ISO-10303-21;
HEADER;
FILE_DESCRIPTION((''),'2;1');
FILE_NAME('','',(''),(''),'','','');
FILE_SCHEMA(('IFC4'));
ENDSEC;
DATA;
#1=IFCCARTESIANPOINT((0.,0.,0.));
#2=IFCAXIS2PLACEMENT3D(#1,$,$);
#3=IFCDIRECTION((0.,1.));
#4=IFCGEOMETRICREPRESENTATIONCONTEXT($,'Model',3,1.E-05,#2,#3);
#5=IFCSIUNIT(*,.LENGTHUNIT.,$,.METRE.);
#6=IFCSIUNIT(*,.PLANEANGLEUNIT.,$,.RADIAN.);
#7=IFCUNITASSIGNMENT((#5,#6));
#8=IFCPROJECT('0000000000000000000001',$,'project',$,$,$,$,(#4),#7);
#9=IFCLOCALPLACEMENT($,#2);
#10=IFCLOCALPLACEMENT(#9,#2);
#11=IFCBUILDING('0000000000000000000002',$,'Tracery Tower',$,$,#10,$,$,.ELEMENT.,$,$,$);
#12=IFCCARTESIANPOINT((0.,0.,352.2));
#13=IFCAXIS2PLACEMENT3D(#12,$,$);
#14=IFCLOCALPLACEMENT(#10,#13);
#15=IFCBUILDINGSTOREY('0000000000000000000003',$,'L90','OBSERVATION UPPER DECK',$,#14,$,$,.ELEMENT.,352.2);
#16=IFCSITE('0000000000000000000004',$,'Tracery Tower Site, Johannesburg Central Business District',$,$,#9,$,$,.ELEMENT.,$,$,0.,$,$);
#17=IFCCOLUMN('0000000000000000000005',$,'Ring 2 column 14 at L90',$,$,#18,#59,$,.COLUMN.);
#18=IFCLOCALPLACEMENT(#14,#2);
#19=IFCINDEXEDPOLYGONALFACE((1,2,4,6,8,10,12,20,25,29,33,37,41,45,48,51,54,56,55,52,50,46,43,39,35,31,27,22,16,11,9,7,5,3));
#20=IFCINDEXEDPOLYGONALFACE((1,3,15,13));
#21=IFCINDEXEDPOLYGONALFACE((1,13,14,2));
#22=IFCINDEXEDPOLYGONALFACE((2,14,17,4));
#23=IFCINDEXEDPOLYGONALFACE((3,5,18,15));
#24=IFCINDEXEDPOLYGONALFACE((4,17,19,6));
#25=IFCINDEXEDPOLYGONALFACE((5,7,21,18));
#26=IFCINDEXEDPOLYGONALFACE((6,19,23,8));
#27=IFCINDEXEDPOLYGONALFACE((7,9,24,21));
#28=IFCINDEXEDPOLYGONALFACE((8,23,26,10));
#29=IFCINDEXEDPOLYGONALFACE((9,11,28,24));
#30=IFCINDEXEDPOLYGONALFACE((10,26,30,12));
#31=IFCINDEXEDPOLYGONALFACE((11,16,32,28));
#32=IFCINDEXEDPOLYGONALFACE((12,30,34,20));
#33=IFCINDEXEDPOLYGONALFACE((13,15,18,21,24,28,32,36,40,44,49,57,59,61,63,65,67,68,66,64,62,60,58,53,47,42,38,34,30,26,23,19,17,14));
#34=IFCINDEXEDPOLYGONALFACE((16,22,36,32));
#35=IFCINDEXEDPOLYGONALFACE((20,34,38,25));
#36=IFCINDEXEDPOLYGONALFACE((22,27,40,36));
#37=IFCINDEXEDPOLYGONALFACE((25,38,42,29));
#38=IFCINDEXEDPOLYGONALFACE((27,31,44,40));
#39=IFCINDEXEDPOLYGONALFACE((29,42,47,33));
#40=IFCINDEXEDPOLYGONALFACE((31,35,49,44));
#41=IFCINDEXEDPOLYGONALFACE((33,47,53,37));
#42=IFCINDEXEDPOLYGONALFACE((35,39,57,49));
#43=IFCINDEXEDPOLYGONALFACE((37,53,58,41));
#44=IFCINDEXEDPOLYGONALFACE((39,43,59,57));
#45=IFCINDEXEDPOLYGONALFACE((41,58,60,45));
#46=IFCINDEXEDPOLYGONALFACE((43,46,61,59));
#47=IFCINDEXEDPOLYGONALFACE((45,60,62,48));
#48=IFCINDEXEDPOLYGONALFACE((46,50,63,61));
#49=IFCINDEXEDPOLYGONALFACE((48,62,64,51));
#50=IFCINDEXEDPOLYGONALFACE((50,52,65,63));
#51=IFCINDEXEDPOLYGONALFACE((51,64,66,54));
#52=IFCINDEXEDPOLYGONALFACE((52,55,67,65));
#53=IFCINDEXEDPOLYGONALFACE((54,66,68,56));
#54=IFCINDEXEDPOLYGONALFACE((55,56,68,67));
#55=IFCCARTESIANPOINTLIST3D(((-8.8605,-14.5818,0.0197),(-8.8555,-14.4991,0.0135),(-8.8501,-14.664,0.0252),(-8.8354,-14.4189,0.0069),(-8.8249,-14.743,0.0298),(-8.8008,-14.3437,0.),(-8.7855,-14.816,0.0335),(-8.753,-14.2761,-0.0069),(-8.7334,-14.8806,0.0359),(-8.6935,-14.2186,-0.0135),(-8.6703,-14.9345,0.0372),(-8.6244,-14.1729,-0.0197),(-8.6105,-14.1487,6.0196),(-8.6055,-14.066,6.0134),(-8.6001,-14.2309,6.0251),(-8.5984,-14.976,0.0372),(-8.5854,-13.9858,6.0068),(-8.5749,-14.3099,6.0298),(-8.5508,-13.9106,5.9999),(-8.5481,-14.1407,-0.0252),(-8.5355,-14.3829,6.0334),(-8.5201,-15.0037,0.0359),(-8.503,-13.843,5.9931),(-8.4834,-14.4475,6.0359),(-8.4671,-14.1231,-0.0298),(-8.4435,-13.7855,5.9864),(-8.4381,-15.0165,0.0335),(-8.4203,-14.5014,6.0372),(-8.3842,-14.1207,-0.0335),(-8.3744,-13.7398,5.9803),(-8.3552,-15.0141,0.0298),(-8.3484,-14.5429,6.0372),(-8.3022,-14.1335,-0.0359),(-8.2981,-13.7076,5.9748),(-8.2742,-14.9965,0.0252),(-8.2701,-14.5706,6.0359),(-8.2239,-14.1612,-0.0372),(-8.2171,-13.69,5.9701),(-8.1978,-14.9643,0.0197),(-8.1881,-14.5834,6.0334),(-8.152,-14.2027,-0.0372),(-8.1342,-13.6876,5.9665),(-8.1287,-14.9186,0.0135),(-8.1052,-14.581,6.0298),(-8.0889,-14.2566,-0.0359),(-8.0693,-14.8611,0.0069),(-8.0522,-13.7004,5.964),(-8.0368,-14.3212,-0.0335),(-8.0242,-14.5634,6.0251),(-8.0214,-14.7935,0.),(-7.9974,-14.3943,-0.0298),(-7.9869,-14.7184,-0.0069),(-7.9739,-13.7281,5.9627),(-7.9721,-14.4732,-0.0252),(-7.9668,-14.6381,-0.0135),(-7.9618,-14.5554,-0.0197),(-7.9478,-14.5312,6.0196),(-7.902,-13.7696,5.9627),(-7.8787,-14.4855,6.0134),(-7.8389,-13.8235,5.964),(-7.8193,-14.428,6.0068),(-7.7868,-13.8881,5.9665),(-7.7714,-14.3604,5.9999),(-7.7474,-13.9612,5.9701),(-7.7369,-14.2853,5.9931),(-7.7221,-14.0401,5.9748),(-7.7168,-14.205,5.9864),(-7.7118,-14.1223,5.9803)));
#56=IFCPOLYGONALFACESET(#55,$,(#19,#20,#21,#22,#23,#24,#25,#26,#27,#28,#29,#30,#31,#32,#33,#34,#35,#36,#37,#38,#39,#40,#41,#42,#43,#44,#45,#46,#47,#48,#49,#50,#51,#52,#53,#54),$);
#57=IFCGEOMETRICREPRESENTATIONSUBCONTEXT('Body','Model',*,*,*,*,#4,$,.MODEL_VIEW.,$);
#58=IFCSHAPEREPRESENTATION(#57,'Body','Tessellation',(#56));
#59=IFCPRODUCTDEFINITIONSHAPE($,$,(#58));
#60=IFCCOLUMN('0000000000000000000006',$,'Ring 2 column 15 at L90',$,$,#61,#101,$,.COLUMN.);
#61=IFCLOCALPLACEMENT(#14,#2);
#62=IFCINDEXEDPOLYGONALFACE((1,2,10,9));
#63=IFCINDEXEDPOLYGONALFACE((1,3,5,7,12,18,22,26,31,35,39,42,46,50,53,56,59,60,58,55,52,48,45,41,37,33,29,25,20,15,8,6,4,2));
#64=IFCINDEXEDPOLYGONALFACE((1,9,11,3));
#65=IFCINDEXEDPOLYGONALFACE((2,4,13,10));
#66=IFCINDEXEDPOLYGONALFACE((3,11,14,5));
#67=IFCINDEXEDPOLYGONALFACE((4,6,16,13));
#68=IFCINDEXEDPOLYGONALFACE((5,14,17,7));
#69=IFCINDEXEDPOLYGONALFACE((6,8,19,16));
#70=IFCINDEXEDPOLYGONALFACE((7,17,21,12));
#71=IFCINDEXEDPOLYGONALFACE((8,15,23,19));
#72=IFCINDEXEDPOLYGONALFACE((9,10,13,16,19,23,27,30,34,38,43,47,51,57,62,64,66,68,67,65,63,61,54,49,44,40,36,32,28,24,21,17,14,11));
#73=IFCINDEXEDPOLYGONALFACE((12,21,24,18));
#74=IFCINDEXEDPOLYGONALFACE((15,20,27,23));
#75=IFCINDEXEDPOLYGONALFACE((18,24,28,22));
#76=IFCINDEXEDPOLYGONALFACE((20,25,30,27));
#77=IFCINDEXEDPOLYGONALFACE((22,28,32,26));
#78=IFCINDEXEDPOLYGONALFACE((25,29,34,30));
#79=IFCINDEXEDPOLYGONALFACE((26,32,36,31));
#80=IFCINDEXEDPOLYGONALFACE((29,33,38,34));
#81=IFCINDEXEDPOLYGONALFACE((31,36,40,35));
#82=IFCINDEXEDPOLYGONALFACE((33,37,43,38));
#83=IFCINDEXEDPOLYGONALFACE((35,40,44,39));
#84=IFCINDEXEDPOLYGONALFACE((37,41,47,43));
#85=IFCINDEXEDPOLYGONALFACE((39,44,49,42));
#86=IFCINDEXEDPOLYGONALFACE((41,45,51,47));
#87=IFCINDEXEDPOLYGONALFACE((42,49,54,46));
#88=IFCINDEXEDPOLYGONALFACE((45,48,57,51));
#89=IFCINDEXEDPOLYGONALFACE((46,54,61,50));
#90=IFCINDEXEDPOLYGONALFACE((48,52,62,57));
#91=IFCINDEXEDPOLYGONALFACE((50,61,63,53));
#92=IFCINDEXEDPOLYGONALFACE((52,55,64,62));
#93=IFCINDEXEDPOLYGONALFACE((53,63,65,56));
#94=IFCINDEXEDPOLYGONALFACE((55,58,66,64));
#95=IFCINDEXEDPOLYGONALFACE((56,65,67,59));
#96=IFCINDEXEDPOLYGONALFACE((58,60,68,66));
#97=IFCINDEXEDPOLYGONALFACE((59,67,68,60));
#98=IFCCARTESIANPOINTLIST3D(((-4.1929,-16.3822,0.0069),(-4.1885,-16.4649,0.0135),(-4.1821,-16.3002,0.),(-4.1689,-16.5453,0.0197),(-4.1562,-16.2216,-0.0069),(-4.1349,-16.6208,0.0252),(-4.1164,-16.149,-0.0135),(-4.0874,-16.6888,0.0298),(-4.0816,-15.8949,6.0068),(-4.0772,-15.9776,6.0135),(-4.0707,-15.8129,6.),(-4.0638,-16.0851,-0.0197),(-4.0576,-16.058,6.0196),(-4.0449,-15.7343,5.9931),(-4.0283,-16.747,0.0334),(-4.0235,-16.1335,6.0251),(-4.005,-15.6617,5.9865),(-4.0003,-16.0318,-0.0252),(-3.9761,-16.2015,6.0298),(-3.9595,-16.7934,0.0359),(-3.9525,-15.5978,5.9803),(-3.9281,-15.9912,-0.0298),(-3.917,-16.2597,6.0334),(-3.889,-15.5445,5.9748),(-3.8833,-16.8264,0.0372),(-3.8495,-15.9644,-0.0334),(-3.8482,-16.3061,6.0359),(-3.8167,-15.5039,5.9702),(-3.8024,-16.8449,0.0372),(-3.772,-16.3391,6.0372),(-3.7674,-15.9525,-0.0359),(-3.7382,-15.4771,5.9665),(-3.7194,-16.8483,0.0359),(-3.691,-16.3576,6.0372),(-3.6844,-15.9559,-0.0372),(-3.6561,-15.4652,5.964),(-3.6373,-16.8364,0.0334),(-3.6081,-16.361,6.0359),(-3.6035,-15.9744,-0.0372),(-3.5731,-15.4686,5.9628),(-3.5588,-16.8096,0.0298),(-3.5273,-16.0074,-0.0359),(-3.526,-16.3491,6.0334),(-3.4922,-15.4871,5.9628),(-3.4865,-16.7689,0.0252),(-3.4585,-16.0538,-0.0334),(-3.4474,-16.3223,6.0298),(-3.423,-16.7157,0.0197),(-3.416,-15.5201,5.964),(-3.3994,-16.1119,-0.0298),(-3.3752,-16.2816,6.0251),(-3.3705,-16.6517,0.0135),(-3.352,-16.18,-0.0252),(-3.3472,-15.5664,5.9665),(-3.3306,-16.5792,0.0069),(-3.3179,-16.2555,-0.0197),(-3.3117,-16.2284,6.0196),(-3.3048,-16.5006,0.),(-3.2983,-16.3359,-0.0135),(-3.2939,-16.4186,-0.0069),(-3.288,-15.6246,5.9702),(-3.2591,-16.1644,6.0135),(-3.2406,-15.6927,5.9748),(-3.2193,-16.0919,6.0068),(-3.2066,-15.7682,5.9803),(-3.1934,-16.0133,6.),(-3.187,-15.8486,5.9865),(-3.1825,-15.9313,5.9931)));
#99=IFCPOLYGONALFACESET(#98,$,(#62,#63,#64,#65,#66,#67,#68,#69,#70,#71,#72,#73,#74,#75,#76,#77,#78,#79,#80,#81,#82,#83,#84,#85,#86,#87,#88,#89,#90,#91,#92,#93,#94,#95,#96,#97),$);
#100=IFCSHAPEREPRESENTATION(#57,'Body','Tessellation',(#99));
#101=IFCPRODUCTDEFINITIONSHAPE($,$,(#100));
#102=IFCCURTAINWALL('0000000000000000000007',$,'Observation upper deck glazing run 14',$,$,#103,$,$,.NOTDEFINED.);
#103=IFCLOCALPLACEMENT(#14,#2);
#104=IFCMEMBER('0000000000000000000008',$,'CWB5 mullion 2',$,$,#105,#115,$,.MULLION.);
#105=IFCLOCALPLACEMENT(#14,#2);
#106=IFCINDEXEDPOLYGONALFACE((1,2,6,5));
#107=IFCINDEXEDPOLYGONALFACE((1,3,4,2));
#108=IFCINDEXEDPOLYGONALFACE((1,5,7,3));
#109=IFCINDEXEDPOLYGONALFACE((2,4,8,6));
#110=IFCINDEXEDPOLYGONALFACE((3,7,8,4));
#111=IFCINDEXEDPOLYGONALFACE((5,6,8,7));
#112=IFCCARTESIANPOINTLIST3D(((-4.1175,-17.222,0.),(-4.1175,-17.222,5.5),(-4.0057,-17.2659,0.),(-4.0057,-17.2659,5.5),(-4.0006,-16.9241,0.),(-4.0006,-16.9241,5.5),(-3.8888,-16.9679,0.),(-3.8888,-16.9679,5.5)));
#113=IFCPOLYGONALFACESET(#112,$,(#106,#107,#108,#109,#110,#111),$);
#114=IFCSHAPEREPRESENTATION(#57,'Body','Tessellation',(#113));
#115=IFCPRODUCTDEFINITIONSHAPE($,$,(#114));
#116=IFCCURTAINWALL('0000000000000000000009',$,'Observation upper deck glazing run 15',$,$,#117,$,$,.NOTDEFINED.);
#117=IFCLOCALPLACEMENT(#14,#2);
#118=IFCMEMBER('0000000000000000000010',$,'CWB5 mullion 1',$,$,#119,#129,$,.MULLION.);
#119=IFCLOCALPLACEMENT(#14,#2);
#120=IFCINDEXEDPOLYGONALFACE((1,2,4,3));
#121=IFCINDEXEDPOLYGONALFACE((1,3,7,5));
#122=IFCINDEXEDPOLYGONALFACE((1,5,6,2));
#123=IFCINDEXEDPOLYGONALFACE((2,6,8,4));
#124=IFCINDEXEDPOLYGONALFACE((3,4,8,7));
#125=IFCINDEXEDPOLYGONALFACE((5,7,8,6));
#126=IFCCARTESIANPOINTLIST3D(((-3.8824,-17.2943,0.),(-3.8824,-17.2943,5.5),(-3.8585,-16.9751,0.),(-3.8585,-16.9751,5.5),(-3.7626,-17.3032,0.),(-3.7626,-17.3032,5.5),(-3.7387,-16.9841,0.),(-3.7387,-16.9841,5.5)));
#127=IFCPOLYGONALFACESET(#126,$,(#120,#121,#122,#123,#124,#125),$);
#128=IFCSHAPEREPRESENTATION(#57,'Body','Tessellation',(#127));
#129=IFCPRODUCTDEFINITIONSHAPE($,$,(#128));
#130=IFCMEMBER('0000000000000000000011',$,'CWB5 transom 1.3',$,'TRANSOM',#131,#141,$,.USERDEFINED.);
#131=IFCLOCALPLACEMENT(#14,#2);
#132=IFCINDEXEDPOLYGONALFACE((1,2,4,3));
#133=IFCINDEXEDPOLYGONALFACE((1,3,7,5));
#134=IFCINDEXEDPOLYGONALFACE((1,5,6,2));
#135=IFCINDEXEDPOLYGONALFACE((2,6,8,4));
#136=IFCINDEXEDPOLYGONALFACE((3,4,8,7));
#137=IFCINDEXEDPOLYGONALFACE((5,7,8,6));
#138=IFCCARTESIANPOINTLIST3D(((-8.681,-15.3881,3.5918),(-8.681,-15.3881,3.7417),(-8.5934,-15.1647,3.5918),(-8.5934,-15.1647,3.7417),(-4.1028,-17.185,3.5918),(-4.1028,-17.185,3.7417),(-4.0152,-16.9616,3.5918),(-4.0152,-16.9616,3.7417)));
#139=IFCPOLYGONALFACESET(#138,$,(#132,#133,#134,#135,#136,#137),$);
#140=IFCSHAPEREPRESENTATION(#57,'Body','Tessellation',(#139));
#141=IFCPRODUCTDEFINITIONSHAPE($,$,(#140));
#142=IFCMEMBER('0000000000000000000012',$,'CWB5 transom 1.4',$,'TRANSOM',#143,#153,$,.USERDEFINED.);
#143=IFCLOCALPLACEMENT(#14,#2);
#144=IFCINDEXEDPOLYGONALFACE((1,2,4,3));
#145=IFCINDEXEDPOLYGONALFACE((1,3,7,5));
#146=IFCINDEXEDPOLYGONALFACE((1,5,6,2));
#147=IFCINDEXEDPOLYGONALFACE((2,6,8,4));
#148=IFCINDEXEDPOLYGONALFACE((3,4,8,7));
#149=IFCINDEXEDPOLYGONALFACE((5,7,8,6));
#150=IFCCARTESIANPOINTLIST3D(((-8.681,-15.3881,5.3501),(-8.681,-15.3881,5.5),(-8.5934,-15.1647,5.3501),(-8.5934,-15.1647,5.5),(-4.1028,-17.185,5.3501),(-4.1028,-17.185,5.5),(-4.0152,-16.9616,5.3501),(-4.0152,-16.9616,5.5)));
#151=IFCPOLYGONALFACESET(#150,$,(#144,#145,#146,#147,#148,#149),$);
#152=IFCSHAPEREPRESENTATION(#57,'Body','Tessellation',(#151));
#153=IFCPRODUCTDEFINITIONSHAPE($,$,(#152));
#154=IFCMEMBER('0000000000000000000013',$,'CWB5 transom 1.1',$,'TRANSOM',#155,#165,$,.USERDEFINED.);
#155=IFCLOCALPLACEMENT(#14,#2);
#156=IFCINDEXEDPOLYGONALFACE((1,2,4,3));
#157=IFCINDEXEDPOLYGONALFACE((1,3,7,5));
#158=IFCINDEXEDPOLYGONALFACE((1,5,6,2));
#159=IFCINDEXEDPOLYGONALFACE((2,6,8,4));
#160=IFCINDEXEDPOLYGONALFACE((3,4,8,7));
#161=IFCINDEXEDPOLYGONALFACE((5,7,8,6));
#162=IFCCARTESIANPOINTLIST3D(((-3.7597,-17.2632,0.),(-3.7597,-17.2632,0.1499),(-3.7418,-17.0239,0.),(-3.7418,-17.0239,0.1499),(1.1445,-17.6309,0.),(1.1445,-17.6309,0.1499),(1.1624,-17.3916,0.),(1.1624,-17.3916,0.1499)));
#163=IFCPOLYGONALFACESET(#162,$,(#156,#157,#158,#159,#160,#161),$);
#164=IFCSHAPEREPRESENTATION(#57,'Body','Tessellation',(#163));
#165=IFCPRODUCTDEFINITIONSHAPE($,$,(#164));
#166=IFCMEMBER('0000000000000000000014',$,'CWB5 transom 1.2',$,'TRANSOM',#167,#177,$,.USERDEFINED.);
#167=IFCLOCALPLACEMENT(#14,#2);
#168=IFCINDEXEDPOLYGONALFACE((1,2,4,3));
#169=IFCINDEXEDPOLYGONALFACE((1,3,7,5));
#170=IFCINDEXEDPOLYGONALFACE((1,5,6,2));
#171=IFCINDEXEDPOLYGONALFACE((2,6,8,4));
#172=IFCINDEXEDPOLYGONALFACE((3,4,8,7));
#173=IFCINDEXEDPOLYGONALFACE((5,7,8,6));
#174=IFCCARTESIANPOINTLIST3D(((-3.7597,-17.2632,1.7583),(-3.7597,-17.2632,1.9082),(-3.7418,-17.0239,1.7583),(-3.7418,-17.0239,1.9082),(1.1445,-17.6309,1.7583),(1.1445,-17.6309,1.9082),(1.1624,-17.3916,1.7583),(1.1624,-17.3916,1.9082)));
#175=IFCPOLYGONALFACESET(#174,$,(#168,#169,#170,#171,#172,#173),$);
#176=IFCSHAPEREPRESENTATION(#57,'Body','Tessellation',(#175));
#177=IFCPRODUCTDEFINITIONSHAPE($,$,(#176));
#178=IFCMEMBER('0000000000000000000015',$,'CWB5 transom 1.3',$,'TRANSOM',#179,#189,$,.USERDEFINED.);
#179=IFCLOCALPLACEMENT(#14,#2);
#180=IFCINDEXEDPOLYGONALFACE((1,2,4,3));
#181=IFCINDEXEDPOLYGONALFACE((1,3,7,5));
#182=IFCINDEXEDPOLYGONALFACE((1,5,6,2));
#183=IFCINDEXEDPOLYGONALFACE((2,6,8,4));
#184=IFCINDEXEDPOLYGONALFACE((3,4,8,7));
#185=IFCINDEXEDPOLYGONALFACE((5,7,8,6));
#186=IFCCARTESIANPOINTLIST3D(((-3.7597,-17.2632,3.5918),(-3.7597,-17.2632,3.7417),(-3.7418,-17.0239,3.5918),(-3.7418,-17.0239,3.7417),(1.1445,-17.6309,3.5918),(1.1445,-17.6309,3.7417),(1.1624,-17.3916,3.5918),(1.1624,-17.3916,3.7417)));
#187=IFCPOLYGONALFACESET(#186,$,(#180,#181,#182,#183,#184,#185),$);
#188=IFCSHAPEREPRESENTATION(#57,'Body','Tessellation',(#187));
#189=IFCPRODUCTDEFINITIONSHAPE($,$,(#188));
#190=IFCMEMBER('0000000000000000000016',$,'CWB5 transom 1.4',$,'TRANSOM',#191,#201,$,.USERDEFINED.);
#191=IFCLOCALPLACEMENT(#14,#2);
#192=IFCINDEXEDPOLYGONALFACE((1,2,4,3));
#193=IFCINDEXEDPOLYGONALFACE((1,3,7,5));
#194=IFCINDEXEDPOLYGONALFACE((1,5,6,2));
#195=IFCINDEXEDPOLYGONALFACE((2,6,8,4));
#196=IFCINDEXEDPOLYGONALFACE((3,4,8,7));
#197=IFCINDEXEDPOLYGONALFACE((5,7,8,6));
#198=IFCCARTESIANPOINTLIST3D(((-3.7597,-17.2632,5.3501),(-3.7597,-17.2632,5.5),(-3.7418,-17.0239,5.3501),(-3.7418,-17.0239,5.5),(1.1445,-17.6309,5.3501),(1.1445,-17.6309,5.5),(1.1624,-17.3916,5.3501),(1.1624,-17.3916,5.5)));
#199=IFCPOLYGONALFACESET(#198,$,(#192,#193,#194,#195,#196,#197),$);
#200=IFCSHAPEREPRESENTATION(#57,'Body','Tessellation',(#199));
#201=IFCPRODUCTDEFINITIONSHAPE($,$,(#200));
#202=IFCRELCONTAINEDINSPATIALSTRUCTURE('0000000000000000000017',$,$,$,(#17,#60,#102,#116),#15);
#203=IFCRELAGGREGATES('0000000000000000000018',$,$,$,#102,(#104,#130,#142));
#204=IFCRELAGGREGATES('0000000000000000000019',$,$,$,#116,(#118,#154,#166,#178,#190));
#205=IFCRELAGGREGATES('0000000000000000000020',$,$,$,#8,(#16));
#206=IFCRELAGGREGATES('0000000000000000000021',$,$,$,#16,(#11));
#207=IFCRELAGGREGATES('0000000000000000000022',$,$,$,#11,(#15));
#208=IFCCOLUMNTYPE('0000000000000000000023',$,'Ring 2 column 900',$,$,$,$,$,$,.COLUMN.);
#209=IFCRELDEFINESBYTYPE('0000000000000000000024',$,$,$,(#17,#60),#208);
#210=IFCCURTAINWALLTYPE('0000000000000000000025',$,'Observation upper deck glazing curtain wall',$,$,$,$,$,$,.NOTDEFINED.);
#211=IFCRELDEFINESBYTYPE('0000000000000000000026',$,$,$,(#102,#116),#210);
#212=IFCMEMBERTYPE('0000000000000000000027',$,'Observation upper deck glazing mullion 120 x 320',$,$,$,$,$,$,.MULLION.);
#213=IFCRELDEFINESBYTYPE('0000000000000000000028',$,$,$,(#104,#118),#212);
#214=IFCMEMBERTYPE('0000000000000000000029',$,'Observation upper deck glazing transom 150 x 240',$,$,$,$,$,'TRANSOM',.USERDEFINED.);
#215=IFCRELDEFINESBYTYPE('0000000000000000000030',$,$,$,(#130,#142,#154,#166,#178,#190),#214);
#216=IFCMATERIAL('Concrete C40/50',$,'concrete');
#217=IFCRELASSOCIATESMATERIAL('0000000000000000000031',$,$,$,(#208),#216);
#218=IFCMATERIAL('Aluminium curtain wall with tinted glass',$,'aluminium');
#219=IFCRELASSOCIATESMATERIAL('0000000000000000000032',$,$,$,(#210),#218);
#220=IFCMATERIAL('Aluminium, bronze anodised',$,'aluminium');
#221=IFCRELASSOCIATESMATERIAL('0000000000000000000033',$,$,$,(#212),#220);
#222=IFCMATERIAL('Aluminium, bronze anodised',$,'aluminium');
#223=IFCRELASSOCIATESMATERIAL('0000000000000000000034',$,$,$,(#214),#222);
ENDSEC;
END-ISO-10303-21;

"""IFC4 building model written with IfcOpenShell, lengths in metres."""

from ifc_helpers import new_model, si_unit, direction, frame, origin, origin_2d, place, context, subcontext, project, spatial, rectangle, circle, extrude, material, material_profile, profile_set, type_object, element, aggregate, save


model = new_model("IFC4")

# Units and contexts
model_context = context("Model", 3, precision=1e-05, world=origin(), true_north=direction((0.0, 1.0)))
body_context = subcontext(model_context, "Body", "Model", "MODEL_VIEW")
ifc_project = project(units=[si_unit("LENGTHUNIT", "METRE"), si_unit("PLANEANGLEUNIT", "RADIAN")], contexts=[model_context])

# Site, building, storey
site_placement = place(None, origin())
site = spatial("IfcSite", under=ifc_project, at=site_placement, Name="Tracery Tower Site, Johannesburg Central Business District", CompositionType="ELEMENT", RefElevation=0.0)
building_placement = place(site_placement, origin())
building = spatial("IfcBuilding", under=site, at=building_placement, Name="Tracery Tower", CompositionType="ELEMENT")
storey_placement = place(building_placement, frame((0.0, 0.0, 352.2)))
storey = spatial("IfcBuildingStorey", under=building, at=storey_placement, Name="L90", Description="OBSERVATION UPPER DECK", CompositionType="ELEMENT", Elevation=352.2)

# Columns
ifc_material_1 = material(Name="Concrete C40/50", Category="concrete")
ifc_material_profile_1 = material_profile(ifc_material_1, circle(Radius=0.45, at=origin_2d()), Name="RC D900")
ifc_profile_set_1 = profile_set([ifc_material_profile_1], Name="Concrete C40/50")
column_type = type_object("IfcColumnType", Name="Ring 2 column 900", PredefinedType="COLUMN", material=ifc_profile_set_1)
for number, where, z_axis, x_axis, name in (
    (1, (-8.4111, -14.5686, 0.0), (0.041523, 0.071935, 0.996545), (-0.866072, 0.49992, 0.0), "Ring 2 column 14 at L90"),
    (2, (-3.7434, -16.4004, 0.0), (0.018491, 0.080937, 0.996548), (-0.974883, 0.222719, 0.0), "Ring 2 column 15 at L90"),
):
    element("IfcColumn", number, at=place(storey_placement, frame(where, z_axis=z_axis, x_axis=x_axis)), inside=storey, type_object=column_type, Name=name, PredefinedType="COLUMN", context=body_context, shape_type="SweptSolid", body=[
        extrude(circle(Radius=0.45, at=origin_2d()), origin(), (0.0, 0.0, 1.0), 6.0208),
    ])

# Curtain walls, members
ifc_material_2 = material(Name="Aluminium curtain wall with tinted glass", Category="aluminium")
curtain_wall_type = type_object("IfcCurtainWallType", Name="Observation upper deck glazing curtain wall", PredefinedType="NOTDEFINED", material=ifc_material_2)
curtain_wall_1_placement = place(storey_placement, origin())
curtain_wall_1 = element("IfcCurtainWall", 3, at=curtain_wall_1_placement, inside=storey, type_object=curtain_wall_type, Name="Observation upper deck glazing run 14", PredefinedType="NOTDEFINED")
ifc_material_3 = material(Name="Aluminium, bronze anodised", Category="aluminium")
ifc_material_profile_2 = material_profile(ifc_material_3, rectangle(XDim=0.3201, YDim=0.1201, at=origin_2d()), Name="Observation upper deck glazing mullion 120 x 320")
ifc_profile_set_2 = profile_set([ifc_material_profile_2], Name="Aluminium, bronze anodised")
member_type_1 = type_object("IfcMemberType", Name="Observation upper deck glazing mullion 120 x 320", PredefinedType="MULLION", material=ifc_profile_set_2)
member_1_placement = place(storey_placement, frame((-4.0032, -17.095, 0.0), z_axis=(0.0, 0.0, 1.0), x_axis=(0.365333, 0.930877, 0.0)))
member_1 = element("IfcMember", 4, at=member_1_placement, type_object=member_type_1, Name="CWB5 mullion 2", PredefinedType="MULLION", context=body_context, shape_type="SweptSolid", body=[
    extrude(rectangle(XDim=0.3201, YDim=0.1201, at=origin_2d()), origin(), (0.0, 0.0, 1.0), 5.5),
])
curtain_wall_2_placement = place(storey_placement, origin())
curtain_wall_2 = element("IfcCurtainWall", 5, at=curtain_wall_2_placement, inside=storey, type_object=curtain_wall_type, Name="Observation upper deck glazing run 15", PredefinedType="NOTDEFINED")
member_2_placement = place(storey_placement, frame((-3.8105, -17.1392, 0.0), z_axis=(0.0, 0.0, 1.0), x_axis=(0.074738, 0.997203, 0.0)))
member_2 = element("IfcMember", 6, at=member_2_placement, type_object=member_type_1, Name="CWB5 mullion 1", PredefinedType="MULLION", context=body_context, shape_type="SweptSolid", body=[
    extrude(rectangle(XDim=0.3201, YDim=0.1201, at=origin_2d()), origin(), (0.0, 0.0, 1.0), 5.5),
])

# Members
ifc_material_4 = material(Name="Aluminium, bronze anodised", Category="aluminium")
ifc_material_profile_3 = material_profile(ifc_material_4, rectangle(XDim=0.24, YDim=0.1499, at=origin_2d()), Name="Observation upper deck glazing transom 150 x 240")
ifc_profile_set_3 = profile_set([ifc_material_profile_3], Name="Aluminium, bronze anodised")
member_type_2 = type_object("IfcMemberType", Name="Observation upper deck glazing transom 150 x 240", ElementType="TRANSOM", PredefinedType="USERDEFINED", material=ifc_profile_set_3)
member_3_placement = place(storey_placement, frame((-8.6372, -15.2764, 3.6667), z_axis=(0.930867, -0.365357, 0.0), x_axis=(0.365357, 0.930867, 0.0)))
member_3 = element("IfcMember", 7, at=member_3_placement, type_object=member_type_2, Name="CWB5 transom 1.3", ObjectType="TRANSOM", PredefinedType="USERDEFINED", context=body_context, shape_type="SweptSolid", body=[
    extrude(rectangle(XDim=0.24, YDim=0.1499, at=origin_2d()), origin(), (0.0, 0.0, 1.0), 4.9182),
])
member_4_placement = place(storey_placement, frame((-8.6372, -15.2764, 5.425), z_axis=(0.930867, -0.365357, 0.0), x_axis=(0.365357, 0.930867, 0.0)))
member_4 = element("IfcMember", 8, at=member_4_placement, type_object=member_type_2, Name="CWB5 transom 1.4", ObjectType="TRANSOM", PredefinedType="USERDEFINED", context=body_context, shape_type="SweptSolid", body=[
    extrude(rectangle(XDim=0.24, YDim=0.1499, at=origin_2d()), origin(), (0.0, 0.0, 1.0), 4.9182),
])
member_5_placement = place(storey_placement, frame((-3.7507, -17.1436, 0.075), z_axis=(0.997202, -0.07476, 0.0), x_axis=(0.07476, 0.997202, 0.0)))
member_5 = element("IfcMember", 9, at=member_5_placement, type_object=member_type_2, Name="CWB5 transom 1.1", ObjectType="TRANSOM", PredefinedType="USERDEFINED", context=body_context, shape_type="SweptSolid", body=[
    extrude(rectangle(XDim=0.24, YDim=0.1499, at=origin_2d()), origin(), (0.0, 0.0, 1.0), 4.918),
])
member_6_placement = place(storey_placement, frame((-3.7507, -17.1436, 1.8333), z_axis=(0.997202, -0.07476, 0.0), x_axis=(0.07476, 0.997202, 0.0)))
member_6 = element("IfcMember", 10, at=member_6_placement, type_object=member_type_2, Name="CWB5 transom 1.2", ObjectType="TRANSOM", PredefinedType="USERDEFINED", context=body_context, shape_type="SweptSolid", body=[
    extrude(rectangle(XDim=0.24, YDim=0.1499, at=origin_2d()), origin(), (0.0, 0.0, 1.0), 4.918),
])
member_7_placement = place(storey_placement, frame((-3.7507, -17.1436, 3.6667), z_axis=(0.997202, -0.07476, 0.0), x_axis=(0.07476, 0.997202, 0.0)))
member_7 = element("IfcMember", 11, at=member_7_placement, type_object=member_type_2, Name="CWB5 transom 1.3", ObjectType="TRANSOM", PredefinedType="USERDEFINED", context=body_context, shape_type="SweptSolid", body=[
    extrude(rectangle(XDim=0.24, YDim=0.1499, at=origin_2d()), origin(), (0.0, 0.0, 1.0), 4.918),
])
member_8_placement = place(storey_placement, frame((-3.7507, -17.1436, 5.425), z_axis=(0.997202, -0.07476, 0.0), x_axis=(0.07476, 0.997202, 0.0)))
member_8 = element("IfcMember", 12, at=member_8_placement, type_object=member_type_2, Name="CWB5 transom 1.4", ObjectType="TRANSOM", PredefinedType="USERDEFINED", context=body_context, shape_type="SweptSolid", body=[
    extrude(rectangle(XDim=0.24, YDim=0.1499, at=origin_2d()), origin(), (0.0, 0.0, 1.0), 4.918),
])

aggregate(curtain_wall_1, [member_1, member_3, member_4])
aggregate(curtain_wall_2, [member_2, member_5, member_6, member_7, member_8])

save(model, "model.ifc")
